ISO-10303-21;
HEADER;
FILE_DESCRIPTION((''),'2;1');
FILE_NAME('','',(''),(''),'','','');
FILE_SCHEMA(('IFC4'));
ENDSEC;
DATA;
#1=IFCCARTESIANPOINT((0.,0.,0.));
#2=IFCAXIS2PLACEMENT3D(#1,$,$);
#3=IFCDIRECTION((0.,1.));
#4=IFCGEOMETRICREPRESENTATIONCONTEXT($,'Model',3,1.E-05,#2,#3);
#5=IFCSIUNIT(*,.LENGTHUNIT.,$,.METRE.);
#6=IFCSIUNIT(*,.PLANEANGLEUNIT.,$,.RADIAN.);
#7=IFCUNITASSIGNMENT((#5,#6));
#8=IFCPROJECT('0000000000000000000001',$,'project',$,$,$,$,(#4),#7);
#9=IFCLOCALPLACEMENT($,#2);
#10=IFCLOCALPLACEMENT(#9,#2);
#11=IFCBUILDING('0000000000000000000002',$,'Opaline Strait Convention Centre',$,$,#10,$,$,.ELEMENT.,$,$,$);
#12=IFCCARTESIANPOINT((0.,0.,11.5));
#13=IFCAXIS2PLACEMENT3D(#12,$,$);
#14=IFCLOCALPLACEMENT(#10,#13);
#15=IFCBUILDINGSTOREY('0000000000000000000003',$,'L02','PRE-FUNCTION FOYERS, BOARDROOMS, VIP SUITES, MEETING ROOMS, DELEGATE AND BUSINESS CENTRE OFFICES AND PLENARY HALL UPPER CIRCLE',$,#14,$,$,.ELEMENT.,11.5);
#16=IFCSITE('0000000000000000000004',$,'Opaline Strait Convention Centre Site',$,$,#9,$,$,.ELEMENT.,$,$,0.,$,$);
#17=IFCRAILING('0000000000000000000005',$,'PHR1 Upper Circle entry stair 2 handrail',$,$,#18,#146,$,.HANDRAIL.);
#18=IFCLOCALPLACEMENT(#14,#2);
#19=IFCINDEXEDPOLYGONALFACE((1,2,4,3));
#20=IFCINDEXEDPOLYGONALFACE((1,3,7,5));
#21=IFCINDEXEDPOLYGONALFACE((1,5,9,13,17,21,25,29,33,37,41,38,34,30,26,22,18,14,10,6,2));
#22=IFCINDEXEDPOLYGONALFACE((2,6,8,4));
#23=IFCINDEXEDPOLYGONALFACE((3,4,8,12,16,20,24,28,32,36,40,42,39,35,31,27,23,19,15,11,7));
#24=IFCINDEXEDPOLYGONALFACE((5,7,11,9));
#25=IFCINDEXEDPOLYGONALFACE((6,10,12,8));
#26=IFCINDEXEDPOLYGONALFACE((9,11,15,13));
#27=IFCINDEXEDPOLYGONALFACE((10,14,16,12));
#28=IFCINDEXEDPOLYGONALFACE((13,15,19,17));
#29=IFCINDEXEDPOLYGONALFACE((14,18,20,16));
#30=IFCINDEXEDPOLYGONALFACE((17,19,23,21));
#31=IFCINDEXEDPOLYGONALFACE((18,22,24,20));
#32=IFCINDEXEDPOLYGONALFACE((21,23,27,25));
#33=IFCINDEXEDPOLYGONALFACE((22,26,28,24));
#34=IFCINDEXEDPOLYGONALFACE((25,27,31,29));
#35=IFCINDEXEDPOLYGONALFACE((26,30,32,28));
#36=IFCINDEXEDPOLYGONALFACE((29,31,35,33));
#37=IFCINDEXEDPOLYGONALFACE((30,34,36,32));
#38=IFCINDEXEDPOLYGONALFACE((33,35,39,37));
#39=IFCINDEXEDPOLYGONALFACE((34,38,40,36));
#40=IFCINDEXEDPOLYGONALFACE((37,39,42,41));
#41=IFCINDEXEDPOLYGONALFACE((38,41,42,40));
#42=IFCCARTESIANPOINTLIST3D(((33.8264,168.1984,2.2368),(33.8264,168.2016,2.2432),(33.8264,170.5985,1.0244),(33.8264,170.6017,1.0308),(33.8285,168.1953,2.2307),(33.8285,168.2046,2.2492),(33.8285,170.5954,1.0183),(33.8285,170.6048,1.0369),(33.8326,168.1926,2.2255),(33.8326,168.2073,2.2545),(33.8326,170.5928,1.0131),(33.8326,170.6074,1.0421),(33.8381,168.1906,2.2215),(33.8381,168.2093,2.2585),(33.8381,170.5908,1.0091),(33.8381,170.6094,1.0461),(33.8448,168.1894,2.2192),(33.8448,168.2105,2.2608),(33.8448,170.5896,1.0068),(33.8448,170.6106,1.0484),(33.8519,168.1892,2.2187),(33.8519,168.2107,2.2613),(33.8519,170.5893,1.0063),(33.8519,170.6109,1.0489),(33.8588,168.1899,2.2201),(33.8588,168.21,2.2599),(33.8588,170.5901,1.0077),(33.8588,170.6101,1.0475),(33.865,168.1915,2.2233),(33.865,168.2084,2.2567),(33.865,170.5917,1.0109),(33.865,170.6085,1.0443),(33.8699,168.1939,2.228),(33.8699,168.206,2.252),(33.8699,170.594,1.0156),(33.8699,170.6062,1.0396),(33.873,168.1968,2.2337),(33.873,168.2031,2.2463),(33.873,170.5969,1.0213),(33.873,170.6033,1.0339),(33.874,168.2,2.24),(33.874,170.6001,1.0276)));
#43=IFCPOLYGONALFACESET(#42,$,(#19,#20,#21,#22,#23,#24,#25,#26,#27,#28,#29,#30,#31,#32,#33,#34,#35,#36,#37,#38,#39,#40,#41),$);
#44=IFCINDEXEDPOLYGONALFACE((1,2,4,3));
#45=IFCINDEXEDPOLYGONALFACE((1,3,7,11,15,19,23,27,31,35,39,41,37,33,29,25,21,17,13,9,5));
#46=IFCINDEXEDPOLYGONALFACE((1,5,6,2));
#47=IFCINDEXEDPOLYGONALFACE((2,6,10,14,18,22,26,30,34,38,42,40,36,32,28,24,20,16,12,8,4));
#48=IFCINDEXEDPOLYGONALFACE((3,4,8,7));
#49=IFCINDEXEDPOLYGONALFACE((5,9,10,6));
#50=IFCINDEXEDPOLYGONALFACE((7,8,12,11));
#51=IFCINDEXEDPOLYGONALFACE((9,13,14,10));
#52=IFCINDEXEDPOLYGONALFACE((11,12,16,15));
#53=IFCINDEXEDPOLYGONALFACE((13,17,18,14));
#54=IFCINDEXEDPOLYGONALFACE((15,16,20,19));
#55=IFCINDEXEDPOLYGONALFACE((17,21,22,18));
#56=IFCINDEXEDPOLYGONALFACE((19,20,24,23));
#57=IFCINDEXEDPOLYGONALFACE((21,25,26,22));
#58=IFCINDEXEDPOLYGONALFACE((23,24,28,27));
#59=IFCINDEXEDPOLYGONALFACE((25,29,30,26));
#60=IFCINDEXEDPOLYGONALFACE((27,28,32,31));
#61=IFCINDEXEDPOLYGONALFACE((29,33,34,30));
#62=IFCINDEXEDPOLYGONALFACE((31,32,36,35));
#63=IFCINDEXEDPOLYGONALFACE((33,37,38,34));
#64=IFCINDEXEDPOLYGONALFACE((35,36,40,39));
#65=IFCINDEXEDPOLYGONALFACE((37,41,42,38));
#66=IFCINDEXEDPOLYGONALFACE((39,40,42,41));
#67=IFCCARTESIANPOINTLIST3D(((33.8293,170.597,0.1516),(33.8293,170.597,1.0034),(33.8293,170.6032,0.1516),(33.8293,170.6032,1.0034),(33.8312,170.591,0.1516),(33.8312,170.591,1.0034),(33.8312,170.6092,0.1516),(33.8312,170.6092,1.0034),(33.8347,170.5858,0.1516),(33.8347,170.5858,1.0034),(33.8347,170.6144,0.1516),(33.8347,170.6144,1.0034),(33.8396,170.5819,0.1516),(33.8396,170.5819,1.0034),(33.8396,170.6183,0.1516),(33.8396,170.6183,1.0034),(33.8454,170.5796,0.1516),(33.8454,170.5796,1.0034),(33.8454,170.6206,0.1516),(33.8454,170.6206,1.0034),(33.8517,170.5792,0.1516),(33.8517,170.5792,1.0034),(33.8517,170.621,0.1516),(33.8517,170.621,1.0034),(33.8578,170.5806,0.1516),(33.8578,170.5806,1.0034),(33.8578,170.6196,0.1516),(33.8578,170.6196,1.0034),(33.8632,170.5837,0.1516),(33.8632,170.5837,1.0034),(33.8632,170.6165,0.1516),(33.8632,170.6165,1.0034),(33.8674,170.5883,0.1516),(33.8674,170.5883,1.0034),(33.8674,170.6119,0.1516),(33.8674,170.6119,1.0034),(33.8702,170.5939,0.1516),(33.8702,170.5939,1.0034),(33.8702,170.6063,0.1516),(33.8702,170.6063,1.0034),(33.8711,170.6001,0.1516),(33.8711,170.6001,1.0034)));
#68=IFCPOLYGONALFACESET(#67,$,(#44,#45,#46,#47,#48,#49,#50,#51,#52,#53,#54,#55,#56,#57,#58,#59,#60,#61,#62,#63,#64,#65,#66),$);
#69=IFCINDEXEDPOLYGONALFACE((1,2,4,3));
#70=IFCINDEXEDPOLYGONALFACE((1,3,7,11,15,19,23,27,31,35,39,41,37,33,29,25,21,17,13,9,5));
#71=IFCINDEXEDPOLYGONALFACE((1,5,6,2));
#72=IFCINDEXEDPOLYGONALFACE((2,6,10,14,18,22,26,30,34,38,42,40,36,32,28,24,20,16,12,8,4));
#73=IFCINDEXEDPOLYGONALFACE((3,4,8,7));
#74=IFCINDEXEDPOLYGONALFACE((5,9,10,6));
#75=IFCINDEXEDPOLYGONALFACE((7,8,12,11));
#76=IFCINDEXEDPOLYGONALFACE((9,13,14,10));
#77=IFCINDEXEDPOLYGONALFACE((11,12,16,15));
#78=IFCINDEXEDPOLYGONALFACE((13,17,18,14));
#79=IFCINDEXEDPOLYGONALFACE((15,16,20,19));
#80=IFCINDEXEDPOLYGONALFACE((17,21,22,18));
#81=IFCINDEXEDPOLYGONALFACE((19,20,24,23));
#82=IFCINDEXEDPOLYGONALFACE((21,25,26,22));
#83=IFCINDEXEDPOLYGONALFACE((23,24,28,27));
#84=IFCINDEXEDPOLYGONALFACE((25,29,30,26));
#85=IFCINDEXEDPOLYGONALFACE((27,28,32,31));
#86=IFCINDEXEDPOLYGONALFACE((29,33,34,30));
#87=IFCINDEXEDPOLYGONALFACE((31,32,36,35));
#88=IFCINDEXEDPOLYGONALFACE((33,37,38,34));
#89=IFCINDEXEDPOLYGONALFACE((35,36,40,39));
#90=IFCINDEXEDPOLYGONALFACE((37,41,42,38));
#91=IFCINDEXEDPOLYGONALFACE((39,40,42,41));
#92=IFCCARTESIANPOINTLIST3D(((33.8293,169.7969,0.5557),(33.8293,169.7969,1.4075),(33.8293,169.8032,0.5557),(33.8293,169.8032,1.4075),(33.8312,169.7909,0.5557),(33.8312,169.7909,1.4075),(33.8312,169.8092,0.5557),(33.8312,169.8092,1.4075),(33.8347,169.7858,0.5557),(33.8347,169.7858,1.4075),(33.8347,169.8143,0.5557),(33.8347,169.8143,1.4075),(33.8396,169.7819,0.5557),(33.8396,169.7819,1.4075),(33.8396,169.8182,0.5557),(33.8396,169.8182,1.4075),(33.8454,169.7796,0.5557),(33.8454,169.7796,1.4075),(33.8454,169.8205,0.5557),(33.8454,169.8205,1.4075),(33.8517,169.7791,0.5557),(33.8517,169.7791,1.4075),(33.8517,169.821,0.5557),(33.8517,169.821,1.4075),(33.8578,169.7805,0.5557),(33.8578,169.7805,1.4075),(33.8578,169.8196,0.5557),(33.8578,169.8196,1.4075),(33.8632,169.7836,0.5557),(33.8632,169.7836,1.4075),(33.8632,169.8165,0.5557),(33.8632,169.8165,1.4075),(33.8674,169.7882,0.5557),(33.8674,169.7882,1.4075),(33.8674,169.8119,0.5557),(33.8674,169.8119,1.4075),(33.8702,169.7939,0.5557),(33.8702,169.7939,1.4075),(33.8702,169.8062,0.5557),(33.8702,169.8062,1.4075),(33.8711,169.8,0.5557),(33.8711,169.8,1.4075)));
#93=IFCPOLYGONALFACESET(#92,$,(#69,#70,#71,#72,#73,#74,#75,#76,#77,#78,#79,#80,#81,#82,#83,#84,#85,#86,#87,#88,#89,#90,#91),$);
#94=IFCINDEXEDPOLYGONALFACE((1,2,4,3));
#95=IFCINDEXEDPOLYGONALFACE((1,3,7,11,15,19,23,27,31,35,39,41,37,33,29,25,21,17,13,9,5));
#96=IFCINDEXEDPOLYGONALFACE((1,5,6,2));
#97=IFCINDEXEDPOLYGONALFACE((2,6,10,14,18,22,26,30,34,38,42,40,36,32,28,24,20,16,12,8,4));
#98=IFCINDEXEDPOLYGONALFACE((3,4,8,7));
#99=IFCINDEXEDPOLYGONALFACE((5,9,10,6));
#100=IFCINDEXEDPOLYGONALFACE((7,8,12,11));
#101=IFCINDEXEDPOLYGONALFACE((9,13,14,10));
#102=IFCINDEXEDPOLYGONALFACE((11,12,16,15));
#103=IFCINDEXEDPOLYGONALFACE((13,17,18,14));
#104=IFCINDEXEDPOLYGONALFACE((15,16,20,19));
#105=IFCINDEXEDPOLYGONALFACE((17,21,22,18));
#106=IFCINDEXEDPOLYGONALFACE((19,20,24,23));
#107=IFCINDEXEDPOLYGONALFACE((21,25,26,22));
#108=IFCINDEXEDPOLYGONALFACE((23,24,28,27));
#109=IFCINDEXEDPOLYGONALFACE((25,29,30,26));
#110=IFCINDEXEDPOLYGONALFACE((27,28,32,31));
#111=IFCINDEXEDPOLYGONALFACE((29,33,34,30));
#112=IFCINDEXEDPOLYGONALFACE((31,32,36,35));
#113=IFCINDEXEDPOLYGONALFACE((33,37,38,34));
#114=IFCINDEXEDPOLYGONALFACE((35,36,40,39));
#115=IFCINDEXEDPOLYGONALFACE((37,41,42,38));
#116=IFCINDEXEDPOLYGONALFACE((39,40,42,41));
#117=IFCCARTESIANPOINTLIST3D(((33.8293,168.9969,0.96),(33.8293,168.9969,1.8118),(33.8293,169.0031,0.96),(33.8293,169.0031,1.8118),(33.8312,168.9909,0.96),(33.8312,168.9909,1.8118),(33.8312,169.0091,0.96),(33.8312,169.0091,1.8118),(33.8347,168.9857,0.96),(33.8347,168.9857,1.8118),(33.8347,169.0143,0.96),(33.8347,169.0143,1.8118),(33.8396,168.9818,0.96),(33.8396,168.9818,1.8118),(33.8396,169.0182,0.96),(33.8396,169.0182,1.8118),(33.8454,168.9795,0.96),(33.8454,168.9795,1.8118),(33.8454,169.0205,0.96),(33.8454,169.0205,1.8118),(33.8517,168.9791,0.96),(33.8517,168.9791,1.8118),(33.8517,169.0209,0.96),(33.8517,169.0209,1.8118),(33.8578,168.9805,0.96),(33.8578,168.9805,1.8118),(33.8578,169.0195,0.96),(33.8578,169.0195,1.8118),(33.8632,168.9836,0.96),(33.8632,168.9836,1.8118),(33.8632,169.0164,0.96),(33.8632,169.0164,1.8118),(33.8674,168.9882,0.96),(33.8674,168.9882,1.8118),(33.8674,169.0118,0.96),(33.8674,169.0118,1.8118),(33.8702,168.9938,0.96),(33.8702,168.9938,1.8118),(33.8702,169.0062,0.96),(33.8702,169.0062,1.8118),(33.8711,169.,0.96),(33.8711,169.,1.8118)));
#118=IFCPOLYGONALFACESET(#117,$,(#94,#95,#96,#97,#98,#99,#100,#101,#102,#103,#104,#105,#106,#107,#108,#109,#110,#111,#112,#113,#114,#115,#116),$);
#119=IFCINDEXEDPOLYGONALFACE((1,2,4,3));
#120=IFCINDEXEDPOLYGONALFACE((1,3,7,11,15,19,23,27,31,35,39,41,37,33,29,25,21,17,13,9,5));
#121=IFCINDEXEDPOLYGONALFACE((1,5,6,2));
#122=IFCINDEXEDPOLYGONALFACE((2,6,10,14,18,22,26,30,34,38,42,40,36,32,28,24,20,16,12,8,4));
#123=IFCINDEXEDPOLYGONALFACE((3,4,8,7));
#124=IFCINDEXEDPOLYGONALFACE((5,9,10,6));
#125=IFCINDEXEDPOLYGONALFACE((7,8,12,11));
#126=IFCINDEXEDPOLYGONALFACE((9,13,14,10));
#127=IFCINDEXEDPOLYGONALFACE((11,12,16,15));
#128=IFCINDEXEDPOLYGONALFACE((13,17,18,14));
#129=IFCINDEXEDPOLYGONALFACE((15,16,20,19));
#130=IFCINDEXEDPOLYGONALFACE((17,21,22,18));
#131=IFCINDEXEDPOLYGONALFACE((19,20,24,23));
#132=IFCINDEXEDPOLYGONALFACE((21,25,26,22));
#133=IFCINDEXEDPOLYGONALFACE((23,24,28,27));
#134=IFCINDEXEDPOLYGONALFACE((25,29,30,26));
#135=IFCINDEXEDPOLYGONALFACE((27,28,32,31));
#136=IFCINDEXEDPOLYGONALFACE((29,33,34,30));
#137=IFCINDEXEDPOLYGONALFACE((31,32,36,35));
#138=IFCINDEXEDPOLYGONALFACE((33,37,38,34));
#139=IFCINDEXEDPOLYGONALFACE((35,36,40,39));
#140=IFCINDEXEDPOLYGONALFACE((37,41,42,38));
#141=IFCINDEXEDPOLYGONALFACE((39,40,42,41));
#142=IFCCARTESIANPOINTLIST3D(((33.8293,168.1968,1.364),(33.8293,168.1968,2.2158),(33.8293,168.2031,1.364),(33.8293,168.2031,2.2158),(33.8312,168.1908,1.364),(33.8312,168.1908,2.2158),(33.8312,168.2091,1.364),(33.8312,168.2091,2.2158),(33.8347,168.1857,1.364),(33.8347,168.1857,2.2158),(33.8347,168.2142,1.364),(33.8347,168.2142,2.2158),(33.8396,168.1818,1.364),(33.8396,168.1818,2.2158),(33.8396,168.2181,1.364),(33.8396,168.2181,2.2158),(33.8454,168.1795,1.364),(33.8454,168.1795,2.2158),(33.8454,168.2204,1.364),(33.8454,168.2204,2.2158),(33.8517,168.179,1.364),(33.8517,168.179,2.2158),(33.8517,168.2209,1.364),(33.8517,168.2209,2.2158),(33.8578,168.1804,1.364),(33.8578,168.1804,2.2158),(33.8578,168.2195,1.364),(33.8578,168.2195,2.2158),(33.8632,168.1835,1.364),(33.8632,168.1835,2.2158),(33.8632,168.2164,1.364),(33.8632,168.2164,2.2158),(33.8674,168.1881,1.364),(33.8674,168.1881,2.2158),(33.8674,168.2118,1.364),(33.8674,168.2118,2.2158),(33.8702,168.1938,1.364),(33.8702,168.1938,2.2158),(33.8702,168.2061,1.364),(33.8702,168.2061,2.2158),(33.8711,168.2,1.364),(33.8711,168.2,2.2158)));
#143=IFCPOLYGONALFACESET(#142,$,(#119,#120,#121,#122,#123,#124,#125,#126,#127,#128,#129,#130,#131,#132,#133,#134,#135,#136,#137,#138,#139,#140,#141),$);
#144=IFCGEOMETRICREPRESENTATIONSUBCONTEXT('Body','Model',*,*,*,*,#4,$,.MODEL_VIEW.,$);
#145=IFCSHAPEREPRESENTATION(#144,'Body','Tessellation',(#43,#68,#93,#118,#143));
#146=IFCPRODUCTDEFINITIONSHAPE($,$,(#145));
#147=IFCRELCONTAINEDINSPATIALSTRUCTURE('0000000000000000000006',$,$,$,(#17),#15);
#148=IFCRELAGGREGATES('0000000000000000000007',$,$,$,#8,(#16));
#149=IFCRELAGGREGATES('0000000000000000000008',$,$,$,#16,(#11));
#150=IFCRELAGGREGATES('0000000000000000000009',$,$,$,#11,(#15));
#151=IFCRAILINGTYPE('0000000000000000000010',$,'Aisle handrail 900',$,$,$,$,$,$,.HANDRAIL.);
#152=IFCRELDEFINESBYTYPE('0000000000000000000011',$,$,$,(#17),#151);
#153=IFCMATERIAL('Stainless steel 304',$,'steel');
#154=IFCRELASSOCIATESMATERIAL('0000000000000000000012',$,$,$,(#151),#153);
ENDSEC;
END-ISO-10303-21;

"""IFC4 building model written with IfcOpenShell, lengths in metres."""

from ifc_helpers import new_model, si_unit, direction, frame, origin, origin_2d, place, context, subcontext, project, spatial, circle, extrude, material, type_object, element, save


model = new_model("IFC4")

# Units and contexts
model_context = context("Model", 3, precision=1e-05, world=origin(), true_north=direction((0.0, 1.0)))
body_context = subcontext(model_context, "Body", "Model", "MODEL_VIEW")
ifc_project = project(units=[si_unit("LENGTHUNIT", "METRE"), si_unit("PLANEANGLEUNIT", "RADIAN")], contexts=[model_context])

# Site, building, storey
site_placement = place(None, origin())
site = spatial("IfcSite", under=ifc_project, at=site_placement, Name="Opaline Strait Convention Centre Site", CompositionType="ELEMENT", RefElevation=0.0)
building_placement = place(site_placement, origin())
building = spatial("IfcBuilding", under=site, at=building_placement, Name="Opaline Strait Convention Centre", CompositionType="ELEMENT")
storey_placement = place(building_placement, frame((0.0, 0.0, 11.5)))
storey = spatial("IfcBuildingStorey", under=building, at=storey_placement, Name="L02", Description="PRE-FUNCTION FOYERS, BOARDROOMS, VIP SUITES, MEETING ROOMS, DELEGATE AND BUSINESS CENTRE OFFICES AND PLENARY HALL UPPER CIRCLE", CompositionType="ELEMENT", Elevation=11.5)

# Railing
ifc_material_1 = material(Name="Stainless steel 304", Category="steel")
railing_type_1 = type_object("IfcRailingType", Name="Aisle handrail 900", PredefinedType="HANDRAIL", material=ifc_material_1)
for number, where, name in (
    (1, (33.8501, 170.6001, 0.1516), "PHR1 Upper Circle entry stair 2 handrail"),
):
    element("IfcRailing", number, at=place(storey_placement, frame(where)), inside=storey, type_object=railing_type_1, Name=name, PredefinedType="HANDRAIL", context=body_context, shape_type="SweptSolid", body=[
        extrude(circle(Radius=0.0239, at=origin_2d()), frame((0.0, 0.0, 0.876), z_axis=(0.0, -0.892586, 0.450878), x_axis=(1.0, 0.0, 0.0)), (0.0, 0.0, 1.0), 2.689),
        extrude(circle(Radius=0.021, at=origin_2d()), origin(), (0.0, 0.0, 1.0), 0.8518),
        extrude(circle(Radius=0.021, at=origin_2d()), frame((0.0, -0.8, 0.4041)), (0.0, 0.0, 1.0), 0.8518),
        extrude(circle(Radius=0.021, at=origin_2d()), frame((0.0, -1.6001, 0.8083)), (0.0, 0.0, 1.0), 0.8518),
        extrude(circle(Radius=0.021, at=origin_2d()), frame((0.0, -2.4001, 1.2124)), (0.0, 0.0, 1.0), 0.8518),
    ])

save(model, "model.ifc")
